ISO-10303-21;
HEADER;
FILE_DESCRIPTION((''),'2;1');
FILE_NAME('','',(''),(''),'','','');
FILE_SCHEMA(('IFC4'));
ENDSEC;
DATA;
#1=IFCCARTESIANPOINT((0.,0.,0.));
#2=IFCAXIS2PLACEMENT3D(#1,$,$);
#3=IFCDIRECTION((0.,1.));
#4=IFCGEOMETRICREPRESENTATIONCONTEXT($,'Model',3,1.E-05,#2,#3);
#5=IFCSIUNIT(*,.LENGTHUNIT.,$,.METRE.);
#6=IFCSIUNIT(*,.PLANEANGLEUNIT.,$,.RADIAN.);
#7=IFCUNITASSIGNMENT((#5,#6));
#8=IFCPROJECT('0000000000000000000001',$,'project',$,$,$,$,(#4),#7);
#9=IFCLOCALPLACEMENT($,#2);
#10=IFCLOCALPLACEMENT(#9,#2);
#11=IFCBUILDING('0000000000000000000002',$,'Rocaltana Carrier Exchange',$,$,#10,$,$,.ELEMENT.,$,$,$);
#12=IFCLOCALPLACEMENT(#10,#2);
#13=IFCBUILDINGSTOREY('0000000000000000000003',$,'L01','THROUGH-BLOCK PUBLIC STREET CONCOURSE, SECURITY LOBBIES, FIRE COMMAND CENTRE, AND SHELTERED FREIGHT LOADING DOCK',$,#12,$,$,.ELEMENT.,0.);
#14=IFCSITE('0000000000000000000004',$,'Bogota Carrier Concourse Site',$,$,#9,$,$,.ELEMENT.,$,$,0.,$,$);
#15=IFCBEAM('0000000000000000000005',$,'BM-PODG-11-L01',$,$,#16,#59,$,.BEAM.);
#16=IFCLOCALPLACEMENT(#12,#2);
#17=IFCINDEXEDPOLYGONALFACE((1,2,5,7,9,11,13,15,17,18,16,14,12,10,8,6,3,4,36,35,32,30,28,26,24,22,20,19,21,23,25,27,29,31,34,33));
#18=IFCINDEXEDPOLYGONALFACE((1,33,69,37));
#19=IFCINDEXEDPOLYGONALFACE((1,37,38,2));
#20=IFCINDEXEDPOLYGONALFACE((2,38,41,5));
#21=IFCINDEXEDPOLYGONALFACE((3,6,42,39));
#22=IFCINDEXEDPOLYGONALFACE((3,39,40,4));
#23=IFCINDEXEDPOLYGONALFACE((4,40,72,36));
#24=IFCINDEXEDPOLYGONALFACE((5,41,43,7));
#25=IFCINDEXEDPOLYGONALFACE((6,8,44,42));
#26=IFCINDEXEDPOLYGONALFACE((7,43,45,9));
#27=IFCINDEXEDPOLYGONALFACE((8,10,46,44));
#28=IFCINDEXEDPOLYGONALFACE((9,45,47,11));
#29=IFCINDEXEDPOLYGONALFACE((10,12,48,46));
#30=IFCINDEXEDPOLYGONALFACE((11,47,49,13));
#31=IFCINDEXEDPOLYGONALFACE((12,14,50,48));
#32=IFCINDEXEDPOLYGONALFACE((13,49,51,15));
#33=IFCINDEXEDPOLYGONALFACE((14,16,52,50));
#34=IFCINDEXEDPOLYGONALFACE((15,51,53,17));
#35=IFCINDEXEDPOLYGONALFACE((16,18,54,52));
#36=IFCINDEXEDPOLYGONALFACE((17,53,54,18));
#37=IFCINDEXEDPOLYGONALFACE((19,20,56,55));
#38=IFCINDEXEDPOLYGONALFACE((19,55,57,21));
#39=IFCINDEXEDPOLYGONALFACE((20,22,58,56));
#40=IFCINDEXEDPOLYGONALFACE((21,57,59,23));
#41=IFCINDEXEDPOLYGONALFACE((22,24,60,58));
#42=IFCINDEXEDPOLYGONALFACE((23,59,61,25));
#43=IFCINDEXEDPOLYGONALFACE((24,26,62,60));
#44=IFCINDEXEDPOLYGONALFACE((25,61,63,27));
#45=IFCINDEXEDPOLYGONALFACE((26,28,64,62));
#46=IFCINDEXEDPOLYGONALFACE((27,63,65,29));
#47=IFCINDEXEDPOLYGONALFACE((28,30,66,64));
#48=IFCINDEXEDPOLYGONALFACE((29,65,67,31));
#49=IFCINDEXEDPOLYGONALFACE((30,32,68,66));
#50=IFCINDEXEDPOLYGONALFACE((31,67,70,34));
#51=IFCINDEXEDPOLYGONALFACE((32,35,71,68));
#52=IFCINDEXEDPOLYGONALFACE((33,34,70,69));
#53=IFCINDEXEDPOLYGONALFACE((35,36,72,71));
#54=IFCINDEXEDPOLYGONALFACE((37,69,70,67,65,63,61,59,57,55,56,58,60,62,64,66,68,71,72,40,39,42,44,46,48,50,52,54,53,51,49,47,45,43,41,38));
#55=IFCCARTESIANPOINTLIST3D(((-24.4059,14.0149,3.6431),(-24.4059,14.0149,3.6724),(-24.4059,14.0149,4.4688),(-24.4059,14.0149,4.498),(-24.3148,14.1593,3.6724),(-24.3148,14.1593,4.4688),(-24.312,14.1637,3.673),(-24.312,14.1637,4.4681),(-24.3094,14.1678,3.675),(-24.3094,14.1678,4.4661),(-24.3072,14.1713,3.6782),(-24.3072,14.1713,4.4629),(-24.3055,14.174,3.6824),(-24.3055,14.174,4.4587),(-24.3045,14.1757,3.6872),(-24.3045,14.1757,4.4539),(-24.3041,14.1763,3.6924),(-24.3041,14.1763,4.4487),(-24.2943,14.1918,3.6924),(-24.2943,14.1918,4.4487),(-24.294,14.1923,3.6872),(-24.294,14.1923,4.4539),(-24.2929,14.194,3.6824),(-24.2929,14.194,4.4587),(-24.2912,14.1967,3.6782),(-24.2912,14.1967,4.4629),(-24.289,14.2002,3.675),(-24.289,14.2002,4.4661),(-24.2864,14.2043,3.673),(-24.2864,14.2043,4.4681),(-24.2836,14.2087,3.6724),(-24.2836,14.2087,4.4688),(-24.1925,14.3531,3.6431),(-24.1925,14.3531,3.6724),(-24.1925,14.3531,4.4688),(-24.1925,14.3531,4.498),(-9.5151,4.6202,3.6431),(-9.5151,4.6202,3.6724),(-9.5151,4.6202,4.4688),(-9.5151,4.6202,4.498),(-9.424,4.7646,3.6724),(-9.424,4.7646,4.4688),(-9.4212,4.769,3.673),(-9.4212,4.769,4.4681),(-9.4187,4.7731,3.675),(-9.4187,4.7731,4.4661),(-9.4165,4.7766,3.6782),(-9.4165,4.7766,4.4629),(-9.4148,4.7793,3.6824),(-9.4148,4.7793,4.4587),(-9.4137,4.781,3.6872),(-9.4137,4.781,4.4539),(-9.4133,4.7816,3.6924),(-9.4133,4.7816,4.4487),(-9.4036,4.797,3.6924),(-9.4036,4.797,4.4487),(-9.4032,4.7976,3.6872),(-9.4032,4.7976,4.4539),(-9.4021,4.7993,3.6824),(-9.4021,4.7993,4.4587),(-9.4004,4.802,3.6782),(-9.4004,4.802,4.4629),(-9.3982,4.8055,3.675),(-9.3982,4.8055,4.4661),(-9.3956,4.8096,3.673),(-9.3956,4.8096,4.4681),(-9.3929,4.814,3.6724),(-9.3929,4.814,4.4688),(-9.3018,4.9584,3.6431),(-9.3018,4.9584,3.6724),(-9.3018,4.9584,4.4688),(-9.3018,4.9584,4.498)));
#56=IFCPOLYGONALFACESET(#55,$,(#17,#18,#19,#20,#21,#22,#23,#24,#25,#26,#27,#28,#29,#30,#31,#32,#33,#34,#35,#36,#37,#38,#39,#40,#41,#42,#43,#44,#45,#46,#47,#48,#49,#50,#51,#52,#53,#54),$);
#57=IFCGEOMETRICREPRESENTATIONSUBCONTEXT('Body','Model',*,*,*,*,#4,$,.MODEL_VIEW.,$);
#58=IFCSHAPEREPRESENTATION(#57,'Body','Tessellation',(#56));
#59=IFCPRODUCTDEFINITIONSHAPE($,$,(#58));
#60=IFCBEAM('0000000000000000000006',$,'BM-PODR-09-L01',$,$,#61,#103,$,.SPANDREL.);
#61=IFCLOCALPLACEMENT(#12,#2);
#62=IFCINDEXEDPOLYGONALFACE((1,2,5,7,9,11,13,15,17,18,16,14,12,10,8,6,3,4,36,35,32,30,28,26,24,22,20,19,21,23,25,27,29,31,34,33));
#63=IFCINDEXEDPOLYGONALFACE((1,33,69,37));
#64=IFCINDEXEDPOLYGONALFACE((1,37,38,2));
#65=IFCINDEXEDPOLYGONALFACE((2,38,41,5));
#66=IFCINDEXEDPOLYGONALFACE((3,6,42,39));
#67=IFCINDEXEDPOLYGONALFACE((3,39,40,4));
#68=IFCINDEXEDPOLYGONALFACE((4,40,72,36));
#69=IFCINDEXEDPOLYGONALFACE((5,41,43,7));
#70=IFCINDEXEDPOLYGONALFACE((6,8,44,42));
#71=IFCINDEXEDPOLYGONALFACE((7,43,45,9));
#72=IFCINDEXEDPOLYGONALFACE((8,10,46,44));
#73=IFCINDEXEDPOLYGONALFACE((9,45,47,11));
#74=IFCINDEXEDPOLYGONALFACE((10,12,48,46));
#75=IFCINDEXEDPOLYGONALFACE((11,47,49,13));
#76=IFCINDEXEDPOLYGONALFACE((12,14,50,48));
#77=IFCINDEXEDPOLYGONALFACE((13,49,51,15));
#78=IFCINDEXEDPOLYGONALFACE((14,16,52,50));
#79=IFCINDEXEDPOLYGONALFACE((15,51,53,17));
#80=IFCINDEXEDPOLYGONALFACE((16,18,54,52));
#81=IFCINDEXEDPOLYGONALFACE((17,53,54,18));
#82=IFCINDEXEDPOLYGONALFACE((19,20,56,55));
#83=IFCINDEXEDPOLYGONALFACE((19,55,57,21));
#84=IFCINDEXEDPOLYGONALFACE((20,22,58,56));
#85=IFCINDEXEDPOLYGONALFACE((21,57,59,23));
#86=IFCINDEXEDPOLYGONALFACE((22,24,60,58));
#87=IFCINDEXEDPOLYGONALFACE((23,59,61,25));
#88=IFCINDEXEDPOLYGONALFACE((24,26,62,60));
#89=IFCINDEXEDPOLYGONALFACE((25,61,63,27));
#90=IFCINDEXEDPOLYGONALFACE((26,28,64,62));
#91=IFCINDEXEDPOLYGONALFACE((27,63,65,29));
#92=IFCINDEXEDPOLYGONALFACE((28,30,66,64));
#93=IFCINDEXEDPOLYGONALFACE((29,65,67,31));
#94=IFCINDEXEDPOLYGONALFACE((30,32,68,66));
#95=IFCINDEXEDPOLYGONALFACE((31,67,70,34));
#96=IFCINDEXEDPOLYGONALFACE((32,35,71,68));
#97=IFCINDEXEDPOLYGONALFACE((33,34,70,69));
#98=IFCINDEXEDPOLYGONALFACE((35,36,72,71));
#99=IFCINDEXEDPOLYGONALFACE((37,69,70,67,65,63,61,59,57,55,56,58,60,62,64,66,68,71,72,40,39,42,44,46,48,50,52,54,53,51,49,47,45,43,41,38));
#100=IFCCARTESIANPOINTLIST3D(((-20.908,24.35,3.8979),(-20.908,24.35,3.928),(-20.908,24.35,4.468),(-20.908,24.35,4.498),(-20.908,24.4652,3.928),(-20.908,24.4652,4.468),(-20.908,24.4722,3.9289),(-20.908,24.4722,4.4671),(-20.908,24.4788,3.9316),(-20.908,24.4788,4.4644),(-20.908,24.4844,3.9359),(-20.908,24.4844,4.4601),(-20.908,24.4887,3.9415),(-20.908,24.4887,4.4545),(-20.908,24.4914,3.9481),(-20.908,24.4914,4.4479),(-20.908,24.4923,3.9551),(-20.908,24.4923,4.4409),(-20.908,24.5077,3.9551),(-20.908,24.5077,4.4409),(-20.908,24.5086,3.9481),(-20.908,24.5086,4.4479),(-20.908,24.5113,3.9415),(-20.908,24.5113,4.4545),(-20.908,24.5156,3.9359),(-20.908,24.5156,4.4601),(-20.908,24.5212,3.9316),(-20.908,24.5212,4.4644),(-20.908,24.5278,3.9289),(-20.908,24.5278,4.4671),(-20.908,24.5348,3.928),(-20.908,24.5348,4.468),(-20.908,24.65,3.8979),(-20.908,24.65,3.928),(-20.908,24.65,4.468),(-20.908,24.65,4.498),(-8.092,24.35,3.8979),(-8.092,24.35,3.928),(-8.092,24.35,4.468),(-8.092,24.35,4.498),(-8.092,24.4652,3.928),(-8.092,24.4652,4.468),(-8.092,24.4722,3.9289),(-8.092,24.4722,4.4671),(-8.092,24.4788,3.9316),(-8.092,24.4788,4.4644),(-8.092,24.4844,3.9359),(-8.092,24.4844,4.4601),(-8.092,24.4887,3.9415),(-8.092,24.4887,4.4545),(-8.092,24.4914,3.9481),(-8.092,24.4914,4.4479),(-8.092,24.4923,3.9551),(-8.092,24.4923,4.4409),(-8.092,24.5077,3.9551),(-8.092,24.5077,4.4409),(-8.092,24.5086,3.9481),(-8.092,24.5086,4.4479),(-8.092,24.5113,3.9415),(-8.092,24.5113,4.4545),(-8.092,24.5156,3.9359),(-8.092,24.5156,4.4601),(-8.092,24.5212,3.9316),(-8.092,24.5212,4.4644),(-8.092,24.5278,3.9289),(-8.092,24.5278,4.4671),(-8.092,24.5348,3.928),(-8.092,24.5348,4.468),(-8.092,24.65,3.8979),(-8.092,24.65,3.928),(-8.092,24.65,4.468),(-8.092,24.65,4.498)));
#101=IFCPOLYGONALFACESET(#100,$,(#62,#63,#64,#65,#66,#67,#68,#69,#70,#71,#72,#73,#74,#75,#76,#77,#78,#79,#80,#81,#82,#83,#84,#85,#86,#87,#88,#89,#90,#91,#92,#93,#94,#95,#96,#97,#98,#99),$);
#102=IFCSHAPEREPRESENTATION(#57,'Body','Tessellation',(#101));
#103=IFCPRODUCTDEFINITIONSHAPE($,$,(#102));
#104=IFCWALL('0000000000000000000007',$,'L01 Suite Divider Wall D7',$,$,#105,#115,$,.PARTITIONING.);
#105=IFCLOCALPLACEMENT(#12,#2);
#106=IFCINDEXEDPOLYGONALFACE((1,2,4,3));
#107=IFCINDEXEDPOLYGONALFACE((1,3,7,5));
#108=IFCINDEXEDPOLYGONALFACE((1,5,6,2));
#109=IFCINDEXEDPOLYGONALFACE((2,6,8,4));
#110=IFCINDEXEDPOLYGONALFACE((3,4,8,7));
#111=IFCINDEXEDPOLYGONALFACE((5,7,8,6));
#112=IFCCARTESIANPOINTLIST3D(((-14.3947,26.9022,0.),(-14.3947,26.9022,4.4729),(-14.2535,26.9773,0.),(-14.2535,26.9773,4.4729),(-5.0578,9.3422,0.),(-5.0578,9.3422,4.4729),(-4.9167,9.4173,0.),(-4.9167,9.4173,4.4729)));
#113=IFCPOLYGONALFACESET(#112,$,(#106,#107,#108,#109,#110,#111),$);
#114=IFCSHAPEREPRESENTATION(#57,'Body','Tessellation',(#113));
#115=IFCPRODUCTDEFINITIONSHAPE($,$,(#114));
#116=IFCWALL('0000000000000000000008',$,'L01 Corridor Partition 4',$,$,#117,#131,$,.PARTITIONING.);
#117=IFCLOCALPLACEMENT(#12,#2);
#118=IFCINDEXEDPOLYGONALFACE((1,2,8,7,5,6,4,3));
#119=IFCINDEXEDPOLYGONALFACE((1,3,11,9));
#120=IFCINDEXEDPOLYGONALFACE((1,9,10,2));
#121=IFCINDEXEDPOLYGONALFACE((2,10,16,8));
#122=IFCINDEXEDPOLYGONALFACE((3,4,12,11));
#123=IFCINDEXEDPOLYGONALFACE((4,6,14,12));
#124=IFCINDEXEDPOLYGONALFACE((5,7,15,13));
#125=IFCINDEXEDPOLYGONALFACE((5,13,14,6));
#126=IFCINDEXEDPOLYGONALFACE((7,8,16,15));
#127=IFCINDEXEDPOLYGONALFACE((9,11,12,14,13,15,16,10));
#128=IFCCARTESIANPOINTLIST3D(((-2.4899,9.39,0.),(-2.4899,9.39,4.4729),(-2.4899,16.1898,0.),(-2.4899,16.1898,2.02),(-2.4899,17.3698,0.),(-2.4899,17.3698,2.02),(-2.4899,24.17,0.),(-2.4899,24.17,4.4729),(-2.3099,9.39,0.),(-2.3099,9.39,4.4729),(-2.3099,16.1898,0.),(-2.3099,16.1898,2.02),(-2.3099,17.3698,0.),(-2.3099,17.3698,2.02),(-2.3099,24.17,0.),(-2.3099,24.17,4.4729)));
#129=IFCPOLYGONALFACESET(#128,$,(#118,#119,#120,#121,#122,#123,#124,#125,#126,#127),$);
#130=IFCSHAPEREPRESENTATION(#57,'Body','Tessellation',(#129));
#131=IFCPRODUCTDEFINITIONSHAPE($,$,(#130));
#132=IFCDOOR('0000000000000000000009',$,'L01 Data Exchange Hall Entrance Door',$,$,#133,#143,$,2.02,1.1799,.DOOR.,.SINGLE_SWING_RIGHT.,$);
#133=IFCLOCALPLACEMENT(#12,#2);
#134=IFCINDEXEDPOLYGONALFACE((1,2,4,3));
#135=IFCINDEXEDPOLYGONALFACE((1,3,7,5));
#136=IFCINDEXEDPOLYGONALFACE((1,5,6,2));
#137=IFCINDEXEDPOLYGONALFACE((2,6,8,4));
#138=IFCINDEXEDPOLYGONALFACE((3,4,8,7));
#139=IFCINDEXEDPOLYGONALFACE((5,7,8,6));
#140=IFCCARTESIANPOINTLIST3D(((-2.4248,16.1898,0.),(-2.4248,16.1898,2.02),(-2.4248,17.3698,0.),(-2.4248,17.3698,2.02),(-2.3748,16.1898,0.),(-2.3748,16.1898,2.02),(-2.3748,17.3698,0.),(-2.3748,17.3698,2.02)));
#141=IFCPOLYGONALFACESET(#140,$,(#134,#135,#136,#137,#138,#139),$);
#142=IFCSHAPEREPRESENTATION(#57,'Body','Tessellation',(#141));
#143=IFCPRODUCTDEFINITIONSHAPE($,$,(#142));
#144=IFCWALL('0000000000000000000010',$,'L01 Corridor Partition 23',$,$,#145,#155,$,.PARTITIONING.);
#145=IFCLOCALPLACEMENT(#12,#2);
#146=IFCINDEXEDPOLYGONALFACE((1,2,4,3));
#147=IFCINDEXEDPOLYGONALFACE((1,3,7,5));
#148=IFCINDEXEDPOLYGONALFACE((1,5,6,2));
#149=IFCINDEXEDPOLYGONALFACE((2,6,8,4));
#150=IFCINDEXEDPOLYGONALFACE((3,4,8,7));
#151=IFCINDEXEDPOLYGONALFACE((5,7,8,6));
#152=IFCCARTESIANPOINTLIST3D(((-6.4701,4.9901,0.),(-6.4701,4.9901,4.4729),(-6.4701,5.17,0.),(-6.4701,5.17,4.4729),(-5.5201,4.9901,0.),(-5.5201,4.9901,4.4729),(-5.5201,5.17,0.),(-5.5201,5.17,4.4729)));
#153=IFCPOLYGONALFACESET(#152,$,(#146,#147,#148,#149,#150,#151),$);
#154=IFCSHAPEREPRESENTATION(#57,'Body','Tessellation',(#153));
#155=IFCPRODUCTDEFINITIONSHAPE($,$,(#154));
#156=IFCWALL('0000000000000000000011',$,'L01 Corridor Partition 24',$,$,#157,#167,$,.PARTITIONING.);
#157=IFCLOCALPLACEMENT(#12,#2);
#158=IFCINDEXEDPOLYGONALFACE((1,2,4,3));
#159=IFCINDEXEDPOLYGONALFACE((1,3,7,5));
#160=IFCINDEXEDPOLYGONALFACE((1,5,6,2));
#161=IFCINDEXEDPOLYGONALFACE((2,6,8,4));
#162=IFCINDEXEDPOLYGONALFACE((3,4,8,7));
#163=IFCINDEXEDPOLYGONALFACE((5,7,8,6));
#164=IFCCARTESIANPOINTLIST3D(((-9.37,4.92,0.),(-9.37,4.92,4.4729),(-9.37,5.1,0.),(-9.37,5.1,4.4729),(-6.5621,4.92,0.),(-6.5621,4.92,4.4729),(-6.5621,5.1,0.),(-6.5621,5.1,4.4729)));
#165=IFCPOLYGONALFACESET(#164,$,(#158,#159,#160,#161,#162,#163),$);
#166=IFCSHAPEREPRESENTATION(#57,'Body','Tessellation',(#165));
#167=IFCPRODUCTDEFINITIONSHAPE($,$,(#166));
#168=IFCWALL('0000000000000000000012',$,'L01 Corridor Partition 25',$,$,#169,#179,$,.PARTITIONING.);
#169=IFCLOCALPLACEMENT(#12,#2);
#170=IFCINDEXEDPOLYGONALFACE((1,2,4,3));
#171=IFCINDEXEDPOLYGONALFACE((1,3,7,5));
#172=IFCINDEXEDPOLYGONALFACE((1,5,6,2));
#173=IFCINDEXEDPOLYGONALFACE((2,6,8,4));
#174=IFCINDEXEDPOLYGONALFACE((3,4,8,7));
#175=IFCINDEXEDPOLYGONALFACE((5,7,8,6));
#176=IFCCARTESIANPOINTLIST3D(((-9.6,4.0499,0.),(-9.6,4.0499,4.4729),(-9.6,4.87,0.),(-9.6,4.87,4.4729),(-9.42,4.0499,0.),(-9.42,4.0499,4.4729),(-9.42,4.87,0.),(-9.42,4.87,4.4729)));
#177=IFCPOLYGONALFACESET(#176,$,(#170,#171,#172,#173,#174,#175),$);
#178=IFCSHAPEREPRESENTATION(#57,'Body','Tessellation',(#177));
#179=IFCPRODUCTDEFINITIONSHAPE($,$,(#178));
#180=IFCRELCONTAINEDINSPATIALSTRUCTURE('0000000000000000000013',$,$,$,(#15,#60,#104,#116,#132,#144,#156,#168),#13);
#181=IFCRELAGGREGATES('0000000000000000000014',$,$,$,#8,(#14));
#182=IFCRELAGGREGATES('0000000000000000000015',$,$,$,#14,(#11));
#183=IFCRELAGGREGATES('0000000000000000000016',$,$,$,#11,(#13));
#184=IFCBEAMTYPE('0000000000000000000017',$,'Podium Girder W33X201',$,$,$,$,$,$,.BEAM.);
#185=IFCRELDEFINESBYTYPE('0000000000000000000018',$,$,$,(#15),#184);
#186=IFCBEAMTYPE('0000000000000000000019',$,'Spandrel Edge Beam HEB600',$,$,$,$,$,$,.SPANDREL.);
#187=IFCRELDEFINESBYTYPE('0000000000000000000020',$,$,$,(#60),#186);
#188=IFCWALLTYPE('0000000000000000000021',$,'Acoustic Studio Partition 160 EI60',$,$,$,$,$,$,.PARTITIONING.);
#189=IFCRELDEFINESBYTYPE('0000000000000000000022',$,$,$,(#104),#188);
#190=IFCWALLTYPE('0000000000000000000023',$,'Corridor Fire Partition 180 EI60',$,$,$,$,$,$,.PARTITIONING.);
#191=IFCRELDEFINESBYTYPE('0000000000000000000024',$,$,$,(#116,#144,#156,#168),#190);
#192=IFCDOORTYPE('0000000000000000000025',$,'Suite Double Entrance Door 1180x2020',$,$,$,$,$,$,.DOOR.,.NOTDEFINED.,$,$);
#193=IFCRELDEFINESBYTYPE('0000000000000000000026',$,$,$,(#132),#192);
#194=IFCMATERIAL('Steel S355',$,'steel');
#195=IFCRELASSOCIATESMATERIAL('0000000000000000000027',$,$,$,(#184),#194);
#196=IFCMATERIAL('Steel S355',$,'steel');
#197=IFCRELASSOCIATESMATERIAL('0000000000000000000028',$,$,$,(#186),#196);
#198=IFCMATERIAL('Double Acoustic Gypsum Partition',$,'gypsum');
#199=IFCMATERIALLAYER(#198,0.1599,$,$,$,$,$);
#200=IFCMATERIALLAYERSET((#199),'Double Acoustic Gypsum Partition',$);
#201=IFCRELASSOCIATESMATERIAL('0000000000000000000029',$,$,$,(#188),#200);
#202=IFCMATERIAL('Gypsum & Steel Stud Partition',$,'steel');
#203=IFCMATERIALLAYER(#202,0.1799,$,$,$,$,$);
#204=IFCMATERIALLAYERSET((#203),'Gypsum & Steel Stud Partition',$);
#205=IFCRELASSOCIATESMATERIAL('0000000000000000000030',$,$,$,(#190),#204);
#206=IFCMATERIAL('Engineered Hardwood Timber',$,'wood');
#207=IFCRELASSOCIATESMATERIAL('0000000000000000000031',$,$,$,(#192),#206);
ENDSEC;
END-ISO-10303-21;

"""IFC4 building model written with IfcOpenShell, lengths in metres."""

from ifc_helpers import new_model, si_unit, direction, frame, frame_2d, origin, origin_2d, place, context, subcontext, project, spatial, rectangle, i_section, extrude, material, layer, layer_set, material_profile, profile_set, type_object, element, fill, save


model = new_model("IFC4")

# Units and contexts
model_context = context("Model", 3, precision=1e-05, world=origin(), true_north=direction((0.0, 1.0)))
body_context = subcontext(model_context, "Body", "Model", "MODEL_VIEW")
ifc_project = project(units=[si_unit("LENGTHUNIT", "METRE"), si_unit("PLANEANGLEUNIT", "RADIAN")], contexts=[model_context])

# Site, building, storey
site_placement = place(None, origin())
site = spatial("IfcSite", under=ifc_project, at=site_placement, Name="Bogota Carrier Concourse Site", CompositionType="ELEMENT", RefElevation=0.0)
building_placement = place(site_placement, origin())
building = spatial("IfcBuilding", under=site, at=building_placement, Name="Rocaltana Carrier Exchange", CompositionType="ELEMENT")
storey_placement = place(building_placement, origin())
storey = spatial("IfcBuildingStorey", under=building, at=storey_placement, Name="L01", Description="THROUGH-BLOCK PUBLIC STREET CONCOURSE, SECURITY LOBBIES, FIRE COMMAND CENTRE, AND SHELTERED FREIGHT LOADING DOCK", CompositionType="ELEMENT", Elevation=0.0)

# Beams
ifc_material_1 = material(Name="Steel S355", Category="steel")
ifc_material_profile_1 = material_profile(ifc_material_1, i_section(OverallWidth=0.3999, OverallDepth=0.855, WebThickness=0.0183, FlangeThickness=0.0293, FilletRadius=0.02, at=origin_2d()), Name="W33X201")
ifc_profile_set_1 = profile_set([ifc_material_profile_1], Name="Steel S355")
beam_type_1 = type_object("IfcBeamType", Name="Podium Girder W33X201", PredefinedType="BEAM", material=ifc_profile_set_1)
beam_1_placement = place(storey_placement, frame((-9.4084, 4.7893, 4.0706), z_axis=(-0.845745, 0.533588, 0.0), x_axis=(-0.533588, -0.845745, 0.0)))
element("IfcBeam", 1, at=beam_1_placement, inside=storey, type_object=beam_type_1, Name="BM-PODG-11-L01", PredefinedType="BEAM", context=body_context, shape_type="SweptSolid", body=[
    extrude(i_section(OverallWidth=0.3999, OverallDepth=0.855, WebThickness=0.0183, FlangeThickness=0.0293, FilletRadius=0.02, at=origin_2d()), origin(), (0.0, 0.0, 1.0), 17.6067),
])
ifc_material_2 = material(Name="Steel S355", Category="steel")
ifc_material_profile_2 = material_profile(ifc_material_2, i_section(OverallWidth=0.3, OverallDepth=0.6001, WebThickness=0.0154, FlangeThickness=0.03, FilletRadius=0.0271, at=origin_2d()), Name="HEB600")
ifc_profile_set_2 = profile_set([ifc_material_profile_2], Name="Steel S355")
beam_type_2 = type_object("IfcBeamType", Name="Spandrel Edge Beam HEB600", PredefinedType="SPANDREL", material=ifc_profile_set_2)
beam_2_placement = place(storey_placement, frame((-8.092, 24.5, 4.198), z_axis=(-1.0, 0.0, 0.0), x_axis=(0.0, -1.0, 0.0)))
element("IfcBeam", 2, at=beam_2_placement, inside=storey, type_object=beam_type_2, Name="BM-PODR-09-L01", PredefinedType="SPANDREL", context=body_context, shape_type="SweptSolid", body=[
    extrude(i_section(OverallWidth=0.3, OverallDepth=0.6001, WebThickness=0.0154, FlangeThickness=0.03, FilletRadius=0.0271, at=origin_2d()), origin(), (0.0, 0.0, 1.0), 12.8159),
])

# Wall
ifc_material_3 = material(Name="Double Acoustic Gypsum Partition", Category="gypsum")
ifc_layer_1 = layer(ifc_material_3, 0.1599)
ifc_layer_set_1 = layer_set([ifc_layer_1], Name="Double Acoustic Gypsum Partition")
wall_type_1 = type_object("IfcWallType", Name="Acoustic Studio Partition 160 EI60", PredefinedType="PARTITIONING", material=ifc_layer_set_1)
wall_1_placement = place(storey_placement, frame((-4.9873, 9.3799, 0.0), z_axis=(0.0, 0.0, 1.0), x_axis=(-0.469474, 0.882946, 0.0)))
element("IfcWall", 3, at=wall_1_placement, inside=storey, type_object=wall_type_1, Name="L01 Suite Divider Wall D7", PredefinedType="PARTITIONING", context=body_context, shape_type="SweptSolid", body=[
    extrude(rectangle(XDim=19.8879, YDim=0.1599, at=frame_2d((9.9438, 0.0))), origin(), (0.0, 0.0, 1.0), 4.4729),
])

# Wall, opening, door
ifc_material_4 = material(Name="Gypsum & Steel Stud Partition", Category="steel")
ifc_layer_2 = layer(ifc_material_4, 0.1799)
ifc_layer_set_2 = layer_set([ifc_layer_2], Name="Gypsum & Steel Stud Partition")
wall_type_2 = type_object("IfcWallType", Name="Corridor Fire Partition 180 EI60", PredefinedType="PARTITIONING", material=ifc_layer_set_2)
wall_2_placement = place(storey_placement, frame((-2.3999, 9.3899, 0.0), z_axis=(0.0, 0.0, 1.0), x_axis=(0.0, 1.0, 0.0)))
wall_2 = element("IfcWall", 4, at=wall_2_placement, inside=storey, type_object=wall_type_2, Name="L01 Corridor Partition 4", PredefinedType="PARTITIONING", context=body_context, shape_type="SweptSolid", body=[
    extrude(rectangle(XDim=14.78, YDim=0.1799, at=frame_2d((7.3901, 0.0))), origin(), (0.0, 0.0, 1.0), 4.4729),
])
opening_1_placement = place(wall_2_placement, frame((6.8, 0.0, 0.0)))
opening_1 = element("IfcOpeningElement", 5, at=opening_1_placement, cuts=wall_2, PredefinedType="OPENING", context=body_context, shape_type="SweptSolid", body=[
    extrude(rectangle(XDim=1.1799, YDim=2.02, at=frame_2d((0.5898, 1.01))), frame((0.0, 0.0999, 0.0), z_axis=(0.0, -1.0, 0.0), x_axis=(1.0, 0.0, 0.0)), (0.0, 0.0, 1.0), 0.2),
])
ifc_material_5 = material(Name="Engineered Hardwood Timber", Category="wood")
door_type_1 = type_object("IfcDoorType", Name="Suite Double Entrance Door 1180x2020", OperationType="NOTDEFINED", PredefinedType="DOOR", material=ifc_material_5)
door_1_placement = place(opening_1_placement, origin())
door_1 = element("IfcDoor", 6, at=door_1_placement, inside=storey, type_object=door_type_1, Name="L01 Data Exchange Hall Entrance Door", OperationType="SINGLE_SWING_RIGHT", OverallHeight=2.02, OverallWidth=1.1799, PredefinedType="DOOR", context=body_context, shape_type="SweptSolid", body=[
    extrude(rectangle(XDim=1.1799, YDim=2.02, at=frame_2d((0.5898, 1.01))), frame((0.0, 0.0249, 0.0), z_axis=(0.0, -1.0, 0.0), x_axis=(1.0, 0.0, 0.0)), (0.0, 0.0, 1.0), 0.05),
])
fill(opening_1, door_1)

# Walls
wall_3_placement = place(storey_placement, frame((-5.52, 5.0801, 0.0), z_axis=(0.0, 0.0, 1.0), x_axis=(-1.0, 0.0, 0.0)))
element("IfcWall", 7, at=wall_3_placement, inside=storey, type_object=wall_type_2, Name="L01 Corridor Partition 23", PredefinedType="PARTITIONING", context=body_context, shape_type="SweptSolid", body=[
    extrude(rectangle(XDim=0.95, YDim=0.1799, at=frame_2d((0.4751, 0.0))), origin(), (0.0, 0.0, 1.0), 4.4729),
])
wall_4_placement = place(storey_placement, frame((-6.5623, 5.01, 0.0), z_axis=(0.0, 0.0, 1.0), x_axis=(-1.0, 0.0, 0.0)))
element("IfcWall", 8, at=wall_4_placement, inside=storey, type_object=wall_type_2, Name="L01 Corridor Partition 24", PredefinedType="PARTITIONING", context=body_context, shape_type="SweptSolid", body=[
    extrude(rectangle(XDim=2.8079, YDim=0.1799, at=frame_2d((1.4038, 0.0))), origin(), (0.0, 0.0, 1.0), 4.4729),
])
wall_5_placement = place(storey_placement, frame((-9.51, 4.8701, 0.0), z_axis=(0.0, 0.0, 1.0), x_axis=(0.0, -1.0, 0.0)))
element("IfcWall", 9, at=wall_5_placement, inside=storey, type_object=wall_type_2, Name="L01 Corridor Partition 25", PredefinedType="PARTITIONING", context=body_context, shape_type="SweptSolid", body=[
    extrude(rectangle(XDim=0.8201, YDim=0.1799, at=frame_2d((0.4102, 0.0))), origin(), (0.0, 0.0, 1.0), 4.4729),
])

save(model, "model.ifc")
